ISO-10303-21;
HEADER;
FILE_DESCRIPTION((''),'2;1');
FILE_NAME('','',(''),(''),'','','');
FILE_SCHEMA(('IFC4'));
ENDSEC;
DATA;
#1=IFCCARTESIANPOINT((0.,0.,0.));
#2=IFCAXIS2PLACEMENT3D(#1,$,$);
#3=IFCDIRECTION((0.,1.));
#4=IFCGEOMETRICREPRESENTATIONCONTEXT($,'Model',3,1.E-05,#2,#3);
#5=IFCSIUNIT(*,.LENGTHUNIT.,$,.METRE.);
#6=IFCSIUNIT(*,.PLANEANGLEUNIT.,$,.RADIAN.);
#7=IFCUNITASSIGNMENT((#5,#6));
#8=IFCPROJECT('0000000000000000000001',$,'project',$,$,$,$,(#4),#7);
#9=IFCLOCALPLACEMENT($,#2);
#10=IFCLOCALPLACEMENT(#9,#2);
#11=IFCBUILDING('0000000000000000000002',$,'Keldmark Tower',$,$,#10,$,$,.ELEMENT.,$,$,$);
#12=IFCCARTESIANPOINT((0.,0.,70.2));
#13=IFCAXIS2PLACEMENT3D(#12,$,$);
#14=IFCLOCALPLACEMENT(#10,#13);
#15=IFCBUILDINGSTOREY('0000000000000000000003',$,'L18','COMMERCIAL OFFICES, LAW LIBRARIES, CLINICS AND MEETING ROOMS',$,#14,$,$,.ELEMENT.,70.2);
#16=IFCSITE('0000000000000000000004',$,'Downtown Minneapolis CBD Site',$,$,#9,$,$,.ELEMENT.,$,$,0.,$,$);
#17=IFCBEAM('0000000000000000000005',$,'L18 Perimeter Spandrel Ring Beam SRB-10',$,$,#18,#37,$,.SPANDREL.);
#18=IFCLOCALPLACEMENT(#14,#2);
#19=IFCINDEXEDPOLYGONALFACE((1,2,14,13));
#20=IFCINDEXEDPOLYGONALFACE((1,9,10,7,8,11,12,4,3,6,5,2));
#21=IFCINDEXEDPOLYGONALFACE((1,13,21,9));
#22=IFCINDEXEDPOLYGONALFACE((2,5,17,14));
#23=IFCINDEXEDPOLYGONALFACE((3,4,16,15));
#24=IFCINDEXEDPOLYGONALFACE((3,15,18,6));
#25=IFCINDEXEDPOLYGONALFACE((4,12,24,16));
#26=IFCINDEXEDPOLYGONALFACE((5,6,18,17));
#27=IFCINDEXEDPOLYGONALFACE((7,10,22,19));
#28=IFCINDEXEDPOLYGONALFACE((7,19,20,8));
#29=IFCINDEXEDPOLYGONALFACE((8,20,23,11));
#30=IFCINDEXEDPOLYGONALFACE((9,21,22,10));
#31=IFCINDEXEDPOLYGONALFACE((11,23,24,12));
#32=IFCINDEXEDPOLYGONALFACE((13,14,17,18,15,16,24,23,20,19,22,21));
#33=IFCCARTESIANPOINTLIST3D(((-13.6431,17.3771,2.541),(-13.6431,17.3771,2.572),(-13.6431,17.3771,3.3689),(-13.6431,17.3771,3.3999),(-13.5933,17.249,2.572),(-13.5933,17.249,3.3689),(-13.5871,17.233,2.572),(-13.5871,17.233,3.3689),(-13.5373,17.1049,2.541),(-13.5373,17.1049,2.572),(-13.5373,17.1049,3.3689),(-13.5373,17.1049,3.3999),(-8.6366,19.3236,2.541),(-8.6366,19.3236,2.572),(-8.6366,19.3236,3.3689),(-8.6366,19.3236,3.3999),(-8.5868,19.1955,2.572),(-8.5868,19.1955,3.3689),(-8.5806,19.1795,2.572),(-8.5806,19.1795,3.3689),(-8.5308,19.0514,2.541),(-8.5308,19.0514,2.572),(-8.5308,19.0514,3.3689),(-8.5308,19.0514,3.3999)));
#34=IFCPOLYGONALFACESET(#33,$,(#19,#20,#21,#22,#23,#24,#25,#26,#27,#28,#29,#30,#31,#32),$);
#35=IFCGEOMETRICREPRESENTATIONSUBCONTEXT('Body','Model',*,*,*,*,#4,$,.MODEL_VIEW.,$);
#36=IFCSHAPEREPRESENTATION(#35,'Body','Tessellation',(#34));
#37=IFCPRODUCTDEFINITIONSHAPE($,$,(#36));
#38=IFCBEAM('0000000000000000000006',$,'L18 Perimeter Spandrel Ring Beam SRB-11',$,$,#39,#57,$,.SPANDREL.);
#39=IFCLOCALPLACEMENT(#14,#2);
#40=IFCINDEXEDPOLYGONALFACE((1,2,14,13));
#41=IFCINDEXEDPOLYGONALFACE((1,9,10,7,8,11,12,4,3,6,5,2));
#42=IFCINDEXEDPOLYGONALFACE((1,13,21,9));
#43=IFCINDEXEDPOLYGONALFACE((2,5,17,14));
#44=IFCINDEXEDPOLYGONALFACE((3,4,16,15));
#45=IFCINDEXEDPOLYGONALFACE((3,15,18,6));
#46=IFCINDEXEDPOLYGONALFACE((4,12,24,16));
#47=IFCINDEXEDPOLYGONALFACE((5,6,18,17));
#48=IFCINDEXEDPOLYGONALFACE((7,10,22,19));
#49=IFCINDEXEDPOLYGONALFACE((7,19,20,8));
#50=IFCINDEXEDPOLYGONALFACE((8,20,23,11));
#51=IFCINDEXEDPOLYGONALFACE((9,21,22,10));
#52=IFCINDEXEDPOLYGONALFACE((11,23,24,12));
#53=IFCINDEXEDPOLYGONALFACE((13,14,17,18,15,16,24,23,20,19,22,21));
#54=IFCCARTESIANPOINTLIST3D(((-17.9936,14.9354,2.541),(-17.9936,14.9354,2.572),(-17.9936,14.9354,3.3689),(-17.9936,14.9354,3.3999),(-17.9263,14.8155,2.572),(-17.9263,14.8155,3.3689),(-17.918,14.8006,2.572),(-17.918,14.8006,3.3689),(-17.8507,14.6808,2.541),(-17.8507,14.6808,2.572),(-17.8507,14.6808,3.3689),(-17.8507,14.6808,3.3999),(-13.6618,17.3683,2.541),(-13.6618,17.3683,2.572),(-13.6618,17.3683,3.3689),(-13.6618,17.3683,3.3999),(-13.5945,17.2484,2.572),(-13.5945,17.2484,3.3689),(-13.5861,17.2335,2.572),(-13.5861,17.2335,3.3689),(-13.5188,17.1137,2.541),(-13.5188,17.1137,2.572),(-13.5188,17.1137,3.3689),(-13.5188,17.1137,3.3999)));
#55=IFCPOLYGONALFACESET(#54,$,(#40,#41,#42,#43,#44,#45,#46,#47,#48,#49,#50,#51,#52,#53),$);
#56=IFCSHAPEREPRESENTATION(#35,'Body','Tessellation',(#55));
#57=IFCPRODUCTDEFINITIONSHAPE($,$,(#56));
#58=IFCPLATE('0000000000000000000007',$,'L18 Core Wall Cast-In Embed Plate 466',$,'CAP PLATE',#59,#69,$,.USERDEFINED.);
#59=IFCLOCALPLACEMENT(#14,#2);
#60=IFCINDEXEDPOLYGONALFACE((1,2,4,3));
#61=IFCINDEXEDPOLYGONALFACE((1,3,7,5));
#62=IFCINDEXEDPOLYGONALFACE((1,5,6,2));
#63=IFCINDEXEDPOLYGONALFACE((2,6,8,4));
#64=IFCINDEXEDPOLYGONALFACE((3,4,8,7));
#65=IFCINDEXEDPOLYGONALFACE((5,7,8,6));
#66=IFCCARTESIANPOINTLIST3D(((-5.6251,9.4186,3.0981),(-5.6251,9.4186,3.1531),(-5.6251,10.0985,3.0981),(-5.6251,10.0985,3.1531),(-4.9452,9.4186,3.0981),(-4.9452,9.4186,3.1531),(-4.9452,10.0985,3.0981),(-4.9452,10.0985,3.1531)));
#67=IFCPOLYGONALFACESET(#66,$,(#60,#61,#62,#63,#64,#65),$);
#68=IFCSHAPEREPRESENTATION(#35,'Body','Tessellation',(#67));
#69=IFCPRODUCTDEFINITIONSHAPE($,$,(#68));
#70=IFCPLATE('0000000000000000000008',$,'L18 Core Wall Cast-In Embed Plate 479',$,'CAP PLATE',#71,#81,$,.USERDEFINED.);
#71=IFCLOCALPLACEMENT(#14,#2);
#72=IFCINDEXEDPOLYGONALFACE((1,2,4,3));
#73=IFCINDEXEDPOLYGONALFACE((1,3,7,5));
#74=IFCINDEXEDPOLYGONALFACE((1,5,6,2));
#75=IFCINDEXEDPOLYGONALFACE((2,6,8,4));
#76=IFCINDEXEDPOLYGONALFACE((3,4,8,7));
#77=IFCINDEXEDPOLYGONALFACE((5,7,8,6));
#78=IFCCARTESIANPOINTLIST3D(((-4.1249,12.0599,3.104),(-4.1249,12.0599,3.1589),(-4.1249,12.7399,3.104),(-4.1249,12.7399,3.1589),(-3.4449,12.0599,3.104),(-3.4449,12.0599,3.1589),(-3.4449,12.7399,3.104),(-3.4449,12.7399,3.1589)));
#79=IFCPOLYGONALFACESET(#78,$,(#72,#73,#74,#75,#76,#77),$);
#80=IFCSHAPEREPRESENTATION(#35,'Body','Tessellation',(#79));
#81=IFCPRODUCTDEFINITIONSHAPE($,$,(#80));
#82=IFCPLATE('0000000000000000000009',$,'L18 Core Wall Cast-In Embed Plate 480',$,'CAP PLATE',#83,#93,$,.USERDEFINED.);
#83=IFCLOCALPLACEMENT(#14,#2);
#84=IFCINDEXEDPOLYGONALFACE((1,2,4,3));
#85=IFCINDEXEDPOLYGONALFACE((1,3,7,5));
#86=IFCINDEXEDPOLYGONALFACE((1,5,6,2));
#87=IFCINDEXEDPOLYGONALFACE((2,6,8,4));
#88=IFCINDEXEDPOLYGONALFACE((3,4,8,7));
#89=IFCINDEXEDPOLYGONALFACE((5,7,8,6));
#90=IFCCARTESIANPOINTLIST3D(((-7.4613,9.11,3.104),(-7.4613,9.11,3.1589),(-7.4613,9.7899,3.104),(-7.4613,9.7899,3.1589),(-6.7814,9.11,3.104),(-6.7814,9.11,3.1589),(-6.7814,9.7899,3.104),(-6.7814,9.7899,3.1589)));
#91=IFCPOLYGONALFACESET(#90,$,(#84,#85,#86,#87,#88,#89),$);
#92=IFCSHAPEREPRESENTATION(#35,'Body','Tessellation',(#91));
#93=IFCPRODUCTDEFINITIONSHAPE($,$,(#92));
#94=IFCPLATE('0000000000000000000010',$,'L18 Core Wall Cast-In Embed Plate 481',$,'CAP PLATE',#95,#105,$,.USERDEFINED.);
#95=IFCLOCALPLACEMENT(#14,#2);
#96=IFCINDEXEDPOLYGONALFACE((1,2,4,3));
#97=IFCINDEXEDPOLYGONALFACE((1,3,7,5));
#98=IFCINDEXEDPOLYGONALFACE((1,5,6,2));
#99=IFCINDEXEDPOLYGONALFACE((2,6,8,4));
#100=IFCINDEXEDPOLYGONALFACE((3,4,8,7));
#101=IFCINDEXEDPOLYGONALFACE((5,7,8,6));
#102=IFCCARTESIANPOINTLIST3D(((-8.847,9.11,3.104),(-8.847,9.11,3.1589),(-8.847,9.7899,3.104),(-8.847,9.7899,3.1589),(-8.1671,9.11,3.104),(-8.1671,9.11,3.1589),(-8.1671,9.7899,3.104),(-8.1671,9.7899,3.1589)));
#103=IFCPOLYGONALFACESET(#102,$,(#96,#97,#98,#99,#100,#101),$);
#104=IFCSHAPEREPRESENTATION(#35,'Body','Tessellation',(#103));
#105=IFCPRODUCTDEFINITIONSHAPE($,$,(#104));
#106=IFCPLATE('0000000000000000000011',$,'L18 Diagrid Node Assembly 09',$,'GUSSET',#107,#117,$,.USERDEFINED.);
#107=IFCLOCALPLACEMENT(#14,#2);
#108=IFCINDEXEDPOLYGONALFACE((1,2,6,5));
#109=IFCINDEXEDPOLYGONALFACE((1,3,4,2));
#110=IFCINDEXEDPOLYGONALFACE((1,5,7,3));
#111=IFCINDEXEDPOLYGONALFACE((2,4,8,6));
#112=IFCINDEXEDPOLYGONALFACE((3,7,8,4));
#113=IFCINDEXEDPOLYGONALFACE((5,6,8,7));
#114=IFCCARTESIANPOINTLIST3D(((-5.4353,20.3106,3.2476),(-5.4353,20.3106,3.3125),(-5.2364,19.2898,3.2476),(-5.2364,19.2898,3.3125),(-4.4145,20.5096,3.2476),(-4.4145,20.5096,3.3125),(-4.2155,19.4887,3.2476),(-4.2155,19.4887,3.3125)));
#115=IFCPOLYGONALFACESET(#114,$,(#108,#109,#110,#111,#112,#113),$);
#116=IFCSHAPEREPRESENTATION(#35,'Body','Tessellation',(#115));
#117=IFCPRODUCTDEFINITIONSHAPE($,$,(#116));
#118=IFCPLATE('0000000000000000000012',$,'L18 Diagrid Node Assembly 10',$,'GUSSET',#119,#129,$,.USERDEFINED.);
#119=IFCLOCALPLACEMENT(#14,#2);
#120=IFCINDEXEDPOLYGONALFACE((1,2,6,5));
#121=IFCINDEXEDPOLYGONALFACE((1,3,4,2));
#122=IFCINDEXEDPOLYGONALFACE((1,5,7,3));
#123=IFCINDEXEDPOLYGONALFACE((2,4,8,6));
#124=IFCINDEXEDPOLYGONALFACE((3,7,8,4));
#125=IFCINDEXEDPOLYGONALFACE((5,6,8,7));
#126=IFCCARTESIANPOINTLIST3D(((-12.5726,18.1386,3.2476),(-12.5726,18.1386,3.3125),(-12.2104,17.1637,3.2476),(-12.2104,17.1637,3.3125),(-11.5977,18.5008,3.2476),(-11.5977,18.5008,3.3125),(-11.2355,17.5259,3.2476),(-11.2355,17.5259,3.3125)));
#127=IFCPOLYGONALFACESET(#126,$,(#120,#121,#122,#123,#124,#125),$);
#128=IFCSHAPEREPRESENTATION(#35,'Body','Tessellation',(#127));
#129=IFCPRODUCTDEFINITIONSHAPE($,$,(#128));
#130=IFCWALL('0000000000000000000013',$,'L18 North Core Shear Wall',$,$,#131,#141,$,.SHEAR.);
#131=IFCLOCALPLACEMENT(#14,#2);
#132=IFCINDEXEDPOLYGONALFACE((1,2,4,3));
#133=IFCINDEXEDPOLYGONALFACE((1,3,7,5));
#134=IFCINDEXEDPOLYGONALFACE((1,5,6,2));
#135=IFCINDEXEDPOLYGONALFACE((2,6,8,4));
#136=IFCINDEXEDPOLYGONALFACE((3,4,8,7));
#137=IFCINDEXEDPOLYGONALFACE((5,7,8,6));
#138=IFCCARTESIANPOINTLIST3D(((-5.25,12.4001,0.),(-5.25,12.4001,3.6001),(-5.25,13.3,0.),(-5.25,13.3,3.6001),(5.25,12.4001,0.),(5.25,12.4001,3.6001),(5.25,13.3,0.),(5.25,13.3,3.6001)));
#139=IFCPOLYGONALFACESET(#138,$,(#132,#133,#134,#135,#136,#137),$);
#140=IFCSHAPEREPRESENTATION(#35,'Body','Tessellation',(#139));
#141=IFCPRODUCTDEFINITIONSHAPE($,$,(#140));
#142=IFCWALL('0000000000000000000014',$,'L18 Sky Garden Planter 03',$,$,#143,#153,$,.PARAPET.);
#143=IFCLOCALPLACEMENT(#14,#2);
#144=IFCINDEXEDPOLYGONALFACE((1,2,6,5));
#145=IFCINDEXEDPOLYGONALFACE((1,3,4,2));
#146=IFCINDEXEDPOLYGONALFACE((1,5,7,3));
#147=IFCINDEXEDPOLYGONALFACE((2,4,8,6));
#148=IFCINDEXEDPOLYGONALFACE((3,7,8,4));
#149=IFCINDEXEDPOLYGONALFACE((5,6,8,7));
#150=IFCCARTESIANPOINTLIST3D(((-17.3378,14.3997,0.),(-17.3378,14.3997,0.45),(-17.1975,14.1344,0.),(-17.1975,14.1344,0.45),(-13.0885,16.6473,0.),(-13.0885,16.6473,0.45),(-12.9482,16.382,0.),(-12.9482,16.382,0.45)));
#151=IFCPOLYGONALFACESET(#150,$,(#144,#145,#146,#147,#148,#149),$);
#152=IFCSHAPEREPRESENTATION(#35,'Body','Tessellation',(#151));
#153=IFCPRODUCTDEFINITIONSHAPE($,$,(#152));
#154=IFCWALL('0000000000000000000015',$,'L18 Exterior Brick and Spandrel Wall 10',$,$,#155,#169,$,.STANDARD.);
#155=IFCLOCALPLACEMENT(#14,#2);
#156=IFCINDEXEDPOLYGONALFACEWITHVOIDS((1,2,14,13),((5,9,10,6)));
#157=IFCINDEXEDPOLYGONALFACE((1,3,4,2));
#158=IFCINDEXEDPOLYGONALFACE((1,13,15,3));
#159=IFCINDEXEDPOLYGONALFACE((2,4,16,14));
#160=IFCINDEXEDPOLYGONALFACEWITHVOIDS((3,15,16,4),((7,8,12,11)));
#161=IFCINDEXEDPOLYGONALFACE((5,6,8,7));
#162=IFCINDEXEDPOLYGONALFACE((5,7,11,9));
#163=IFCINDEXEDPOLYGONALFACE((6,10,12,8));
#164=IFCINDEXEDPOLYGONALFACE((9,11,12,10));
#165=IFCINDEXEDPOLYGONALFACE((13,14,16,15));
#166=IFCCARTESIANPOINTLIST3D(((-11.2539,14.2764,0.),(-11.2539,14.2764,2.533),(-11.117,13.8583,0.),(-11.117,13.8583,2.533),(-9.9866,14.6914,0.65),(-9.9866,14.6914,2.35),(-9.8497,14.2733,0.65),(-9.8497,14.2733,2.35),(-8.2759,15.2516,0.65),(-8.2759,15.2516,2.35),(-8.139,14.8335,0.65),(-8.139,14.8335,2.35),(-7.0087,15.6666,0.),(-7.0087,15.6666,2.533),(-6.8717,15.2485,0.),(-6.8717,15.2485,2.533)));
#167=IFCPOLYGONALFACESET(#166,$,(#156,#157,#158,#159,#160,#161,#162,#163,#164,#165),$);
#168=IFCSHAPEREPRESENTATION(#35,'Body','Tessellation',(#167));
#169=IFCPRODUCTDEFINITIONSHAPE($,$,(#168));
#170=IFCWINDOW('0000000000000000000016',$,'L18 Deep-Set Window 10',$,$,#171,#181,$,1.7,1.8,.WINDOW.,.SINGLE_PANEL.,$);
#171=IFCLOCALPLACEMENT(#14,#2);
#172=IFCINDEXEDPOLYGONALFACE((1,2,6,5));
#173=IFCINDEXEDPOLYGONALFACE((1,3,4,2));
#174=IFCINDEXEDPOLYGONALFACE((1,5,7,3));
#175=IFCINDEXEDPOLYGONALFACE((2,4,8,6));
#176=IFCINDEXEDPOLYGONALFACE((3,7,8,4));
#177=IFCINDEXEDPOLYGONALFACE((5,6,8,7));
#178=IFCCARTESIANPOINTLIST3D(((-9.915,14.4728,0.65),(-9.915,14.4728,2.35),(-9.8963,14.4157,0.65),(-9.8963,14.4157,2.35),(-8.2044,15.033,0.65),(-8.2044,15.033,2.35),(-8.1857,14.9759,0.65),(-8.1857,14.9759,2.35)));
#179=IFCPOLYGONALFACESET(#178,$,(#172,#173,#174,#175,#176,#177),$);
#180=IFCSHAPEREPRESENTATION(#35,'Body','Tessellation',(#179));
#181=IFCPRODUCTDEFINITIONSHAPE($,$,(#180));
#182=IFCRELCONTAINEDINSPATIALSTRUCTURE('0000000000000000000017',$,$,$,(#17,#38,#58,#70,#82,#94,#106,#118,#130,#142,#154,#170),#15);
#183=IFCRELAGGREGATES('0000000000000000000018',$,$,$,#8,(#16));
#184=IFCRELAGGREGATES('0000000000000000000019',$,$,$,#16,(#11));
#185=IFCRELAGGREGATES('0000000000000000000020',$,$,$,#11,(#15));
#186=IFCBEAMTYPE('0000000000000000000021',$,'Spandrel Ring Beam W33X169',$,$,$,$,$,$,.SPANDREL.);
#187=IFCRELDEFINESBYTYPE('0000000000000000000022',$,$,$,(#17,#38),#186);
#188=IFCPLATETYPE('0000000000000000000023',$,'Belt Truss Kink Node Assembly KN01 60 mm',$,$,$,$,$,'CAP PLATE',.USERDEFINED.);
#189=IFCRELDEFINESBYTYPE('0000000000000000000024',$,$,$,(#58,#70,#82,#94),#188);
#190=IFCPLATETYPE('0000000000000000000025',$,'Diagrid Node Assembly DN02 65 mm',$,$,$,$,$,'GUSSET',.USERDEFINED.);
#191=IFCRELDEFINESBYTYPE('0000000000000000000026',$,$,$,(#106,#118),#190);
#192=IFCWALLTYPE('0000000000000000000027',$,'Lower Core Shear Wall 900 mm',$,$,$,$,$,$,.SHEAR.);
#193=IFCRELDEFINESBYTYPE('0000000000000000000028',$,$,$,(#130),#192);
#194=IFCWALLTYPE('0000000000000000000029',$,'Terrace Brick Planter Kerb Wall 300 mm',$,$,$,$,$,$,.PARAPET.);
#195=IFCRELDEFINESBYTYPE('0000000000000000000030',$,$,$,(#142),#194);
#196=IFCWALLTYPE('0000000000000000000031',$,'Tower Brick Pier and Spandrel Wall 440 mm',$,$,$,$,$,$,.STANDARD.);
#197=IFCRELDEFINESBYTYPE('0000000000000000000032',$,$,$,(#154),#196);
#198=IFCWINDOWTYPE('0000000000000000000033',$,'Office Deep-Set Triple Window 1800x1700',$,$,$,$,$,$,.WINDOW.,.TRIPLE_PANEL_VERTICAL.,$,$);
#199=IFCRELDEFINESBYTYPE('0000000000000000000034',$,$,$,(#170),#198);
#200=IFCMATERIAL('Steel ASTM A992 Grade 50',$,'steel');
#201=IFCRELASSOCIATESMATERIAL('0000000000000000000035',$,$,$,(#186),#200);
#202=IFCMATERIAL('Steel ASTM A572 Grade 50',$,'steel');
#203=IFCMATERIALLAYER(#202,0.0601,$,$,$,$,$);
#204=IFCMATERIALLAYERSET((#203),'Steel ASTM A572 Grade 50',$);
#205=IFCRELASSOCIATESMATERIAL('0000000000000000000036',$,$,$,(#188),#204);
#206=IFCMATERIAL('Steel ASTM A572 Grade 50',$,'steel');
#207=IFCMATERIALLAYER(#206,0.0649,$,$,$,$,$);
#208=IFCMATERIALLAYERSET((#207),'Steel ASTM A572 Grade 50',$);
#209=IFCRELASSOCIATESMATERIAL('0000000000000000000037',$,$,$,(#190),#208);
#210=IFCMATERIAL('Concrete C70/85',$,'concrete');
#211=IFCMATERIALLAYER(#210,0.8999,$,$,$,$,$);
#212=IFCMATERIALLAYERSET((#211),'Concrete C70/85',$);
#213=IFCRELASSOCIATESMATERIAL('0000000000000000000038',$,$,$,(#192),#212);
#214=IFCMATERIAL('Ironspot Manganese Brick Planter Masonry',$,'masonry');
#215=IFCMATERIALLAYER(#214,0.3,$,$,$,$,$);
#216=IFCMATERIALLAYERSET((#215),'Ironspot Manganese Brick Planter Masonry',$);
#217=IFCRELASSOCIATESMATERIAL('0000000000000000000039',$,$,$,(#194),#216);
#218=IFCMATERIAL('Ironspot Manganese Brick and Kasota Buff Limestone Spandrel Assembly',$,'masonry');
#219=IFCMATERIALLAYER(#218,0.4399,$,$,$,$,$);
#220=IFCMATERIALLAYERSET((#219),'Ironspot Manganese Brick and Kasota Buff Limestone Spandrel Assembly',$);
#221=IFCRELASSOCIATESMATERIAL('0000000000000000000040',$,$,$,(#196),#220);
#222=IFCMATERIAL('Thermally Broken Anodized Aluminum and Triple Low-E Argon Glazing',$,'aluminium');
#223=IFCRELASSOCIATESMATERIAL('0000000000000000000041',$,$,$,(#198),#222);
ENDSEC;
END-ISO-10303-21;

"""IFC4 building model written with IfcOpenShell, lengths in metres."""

from ifc_helpers import new_model, si_unit, direction, frame, frame_2d, origin, origin_2d, place, context, subcontext, project, spatial, rectangle, i_section, extrude, material, layer, layer_set, material_profile, profile_set, type_object, element, fill, save


model = new_model("IFC4")

# Units and contexts
model_context = context("Model", 3, precision=1e-05, world=origin(), true_north=direction((0.0, 1.0)))
body_context = subcontext(model_context, "Body", "Model", "MODEL_VIEW")
ifc_project = project(units=[si_unit("LENGTHUNIT", "METRE"), si_unit("PLANEANGLEUNIT", "RADIAN")], contexts=[model_context])

# Site, building, storey
site_placement = place(None, origin())
site = spatial("IfcSite", under=ifc_project, at=site_placement, Name="Downtown Minneapolis CBD Site", CompositionType="ELEMENT", RefElevation=0.0)
building_placement = place(site_placement, origin())
building = spatial("IfcBuilding", under=site, at=building_placement, Name="Keldmark Tower", CompositionType="ELEMENT")
storey_placement = place(building_placement, frame((0.0, 0.0, 70.2)))
storey = spatial("IfcBuildingStorey", under=building, at=storey_placement, Name="L18", Description="COMMERCIAL OFFICES, LAW LIBRARIES, CLINICS AND MEETING ROOMS", CompositionType="ELEMENT", Elevation=70.2)

# Beams
ifc_material_1 = material(Name="Steel ASTM A992 Grade 50", Category="steel")
ifc_material_profile_1 = material_profile(ifc_material_1, i_section(OverallWidth=0.292, OverallDepth=0.8589, WebThickness=0.0171, FlangeThickness=0.031, at=origin_2d()), Name="W33X169")
ifc_profile_set_1 = profile_set([ifc_material_profile_1], Name="Steel ASTM A992 Grade 50")
beam_type_1 = type_object("IfcBeamType", Name="Spandrel Ring Beam W33X169", PredefinedType="SPANDREL", material=ifc_profile_set_1)
beam_1_placement = place(storey_placement, frame((-8.5837, 19.1875, 2.9705), z_axis=(-0.932035, -0.362369, 0.0), x_axis=(0.362369, -0.932035, 0.0)))
element("IfcBeam", 1, at=beam_1_placement, inside=storey, type_object=beam_type_1, Name="L18 Perimeter Spandrel Ring Beam SRB-10", PredefinedType="SPANDREL", context=body_context, shape_type="SweptSolid", body=[
    extrude(i_section(OverallWidth=0.292, OverallDepth=0.8589, WebThickness=0.0171, FlangeThickness=0.031, at=origin_2d()), origin(), (0.0, 0.0, 1.0), 5.3716),
])
beam_2_placement = place(storey_placement, frame((-13.5903, 17.241, 2.9705), z_axis=(-0.871899, -0.489685, 0.0), x_axis=(0.489685, -0.871899, 0.0)))
element("IfcBeam", 2, at=beam_2_placement, inside=storey, type_object=beam_type_1, Name="L18 Perimeter Spandrel Ring Beam SRB-11", PredefinedType="SPANDREL", context=body_context, shape_type="SweptSolid", body=[
    extrude(i_section(OverallWidth=0.292, OverallDepth=0.8589, WebThickness=0.0171, FlangeThickness=0.031, at=origin_2d()), origin(), (0.0, 0.0, 1.0), 4.9683),
])

# Plates
ifc_material_2 = material(Name="Steel ASTM A572 Grade 50", Category="steel")
ifc_layer_1 = layer(ifc_material_2, 0.0601)
ifc_layer_set_1 = layer_set([ifc_layer_1], Name="Steel ASTM A572 Grade 50")
plate_type_1 = type_object("IfcPlateType", Name="Belt Truss Kink Node Assembly KN01 60 mm", ElementType="CAP PLATE", PredefinedType="USERDEFINED", material=ifc_layer_set_1)
for number, where, z_axis, x_axis, name in (
    (3, (-5.2852, 9.7585, 3.0981), (0.0, 0.0, 1.0), (1.0, 0.0, 0.0), "L18 Core Wall Cast-In Embed Plate 466"),
    (4, (-3.7849, 12.3999, 3.104), (0.0, 0.0, 1.0), (1.0, 0.0, 0.0), "L18 Core Wall Cast-In Embed Plate 479"),
    (5, (-7.1213, 9.45, 3.104), (0.0, 0.0, 1.0), (1.0, 0.0, 0.0), "L18 Core Wall Cast-In Embed Plate 480"),
    (6, (-8.5071, 9.45, 3.104), (0.0, 0.0, 1.0), (1.0, 0.0, 0.0), "L18 Core Wall Cast-In Embed Plate 481"),
):
    element("IfcPlate", number, at=place(storey_placement, frame(where, z_axis=z_axis, x_axis=x_axis)), inside=storey, type_object=plate_type_1, Name=name, ObjectType="CAP PLATE", PredefinedType="USERDEFINED", context=body_context, shape_type="SweptSolid", body=[
        extrude(rectangle(XDim=0.6799, YDim=0.6799, at=origin_2d()), origin(), (0.0, 0.0, 1.0), 0.0549),
    ])
ifc_material_3 = material(Name="Steel ASTM A572 Grade 50", Category="steel")
ifc_layer_2 = layer(ifc_material_3, 0.0649)
ifc_layer_set_2 = layer_set([ifc_layer_2], Name="Steel ASTM A572 Grade 50")
plate_type_2 = type_object("IfcPlateType", Name="Diagrid Node Assembly DN02 65 mm", ElementType="GUSSET", PredefinedType="USERDEFINED", material=ifc_layer_set_2)
for number, where, z_axis, x_axis, name in (
    (7, (-4.8254, 19.8997, 3.2476), (0.0, 0.0, 1.0), (-0.981527, -0.191323, 0.0), "L18 Diagrid Node Assembly 09"),
    (8, (-11.9041, 17.8323, 3.2476), (0.0, 0.0, 1.0), (-0.937404, -0.348245, 0.0), "L18 Diagrid Node Assembly 10"),
):
    element("IfcPlate", number, at=place(storey_placement, frame(where, z_axis=z_axis, x_axis=x_axis)), inside=storey, type_object=plate_type_2, Name=name, ObjectType="GUSSET", PredefinedType="USERDEFINED", context=body_context, shape_type="SweptSolid", body=[
        extrude(rectangle(XDim=1.04, YDim=1.04, at=origin_2d()), origin(), (0.0, 0.0, 1.0), 0.0649),
    ])

# Walls
ifc_material_4 = material(Name="Concrete C70/85", Category="concrete")
ifc_layer_3 = layer(ifc_material_4, 0.8999)
ifc_layer_set_3 = layer_set([ifc_layer_3], Name="Concrete C70/85")
wall_type_1 = type_object("IfcWallType", Name="Lower Core Shear Wall 900 mm", PredefinedType="SHEAR", material=ifc_layer_set_3)
wall_1_placement = place(storey_placement, frame((-5.25, 12.8501, 0.0), z_axis=(0.0, 0.0, 1.0), x_axis=(1.0, 0.0, 0.0)))
element("IfcWall", 9, at=wall_1_placement, inside=storey, type_object=wall_type_1, Name="L18 North Core Shear Wall", PredefinedType="SHEAR", context=body_context, shape_type="SweptSolid", body=[
    extrude(rectangle(XDim=10.5, YDim=0.8999, at=frame_2d((5.25, 0.0))), origin(), (0.0, 0.0, 1.0), 3.6001),
])
ifc_material_5 = material(Name="Ironspot Manganese Brick Planter Masonry", Category="masonry")
ifc_layer_4 = layer(ifc_material_5, 0.3)
ifc_layer_set_4 = layer_set([ifc_layer_4], Name="Ironspot Manganese Brick Planter Masonry")
wall_type_2 = type_object("IfcWallType", Name="Terrace Brick Planter Kerb Wall 300 mm", PredefinedType="PARAPET", material=ifc_layer_set_4)
wall_2_placement = place(storey_placement, frame((-13.0183, 16.5146, 0.0), z_axis=(0.0, 0.0, 1.0), x_axis=(-0.883965, -0.467554, 0.0)))
element("IfcWall", 10, at=wall_2_placement, inside=storey, type_object=wall_type_2, Name="L18 Sky Garden Planter 03", PredefinedType="PARAPET", context=body_context, shape_type="SweptSolid", body=[
    extrude(rectangle(XDim=4.8071, YDim=0.3, at=frame_2d((2.4036, 0.0))), origin(), (0.0, 0.0, 1.0), 0.45),
])

# Shared definitions
ifc_material_6 = material(Name="Ironspot Manganese Brick and Kasota Buff Limestone Spandrel Assembly", Category="masonry")
ifc_layer_5 = layer(ifc_material_6, 0.4399)
ifc_layer_set_5 = layer_set([ifc_layer_5], Name="Ironspot Manganese Brick and Kasota Buff Limestone Spandrel Assembly")
wall_type_3 = type_object("IfcWallType", Name="Tower Brick Pier and Spandrel Wall 440 mm", PredefinedType="STANDARD", material=ifc_layer_set_5)

# Wall, opening, window
wall_3_placement = place(storey_placement, frame((-11.1853, 14.0674, 0.0), z_axis=(0.0, 0.0, 1.0), x_axis=(0.950342, 0.311206, 0.0)))
wall_3 = element("IfcWall", 11, at=wall_3_placement, inside=storey, type_object=wall_type_3, Name="L18 Exterior Brick and Spandrel Wall 10", PredefinedType="STANDARD", context=body_context, shape_type="SweptSolid", body=[
    extrude(rectangle(XDim=4.467, YDim=0.4399, at=frame_2d((2.2334, 0.0))), origin(), (0.0, 0.0, 1.0), 2.533),
])
opening_1_placement = place(wall_3_placement, frame((1.3335, 0.0, 0.6499)))
opening_1 = element("IfcOpeningElement", 12, at=opening_1_placement, cuts=wall_3, PredefinedType="OPENING", context=body_context, shape_type="SweptSolid", body=[
    extrude(rectangle(XDim=1.8, YDim=1.7, at=frame_2d((0.8999, 0.8501))), frame((0.0, 0.23, 0.0), z_axis=(0.0, -1.0, 0.0), x_axis=(1.0, 0.0, 0.0)), (0.0, 0.0, 1.0), 0.46),
])
ifc_material_7 = material(Name="Thermally Broken Anodized Aluminum and Triple Low-E Argon Glazing", Category="aluminium")
window_type = type_object("IfcWindowType", Name="Office Deep-Set Triple Window 1800x1700", PartitioningType="TRIPLE_PANEL_VERTICAL", PredefinedType="WINDOW", material=ifc_material_7)
window_placement = place(opening_1_placement, origin())
window = element("IfcWindow", 13, at=window_placement, inside=storey, type_object=window_type, Name="L18 Deep-Set Window 10", OverallHeight=1.7, OverallWidth=1.8, PartitioningType="SINGLE_PANEL", PredefinedType="WINDOW", context=body_context, shape_type="SweptSolid", body=[
    extrude(rectangle(XDim=1.8, YDim=1.7, at=frame_2d((0.8999, 0.8501))), frame((0.0, -0.01, 0.0), z_axis=(0.0, -1.0, 0.0), x_axis=(1.0, 0.0, 0.0)), (0.0, 0.0, 1.0), 0.0601),
])
fill(opening_1, window)

save(model, "model.ifc")
